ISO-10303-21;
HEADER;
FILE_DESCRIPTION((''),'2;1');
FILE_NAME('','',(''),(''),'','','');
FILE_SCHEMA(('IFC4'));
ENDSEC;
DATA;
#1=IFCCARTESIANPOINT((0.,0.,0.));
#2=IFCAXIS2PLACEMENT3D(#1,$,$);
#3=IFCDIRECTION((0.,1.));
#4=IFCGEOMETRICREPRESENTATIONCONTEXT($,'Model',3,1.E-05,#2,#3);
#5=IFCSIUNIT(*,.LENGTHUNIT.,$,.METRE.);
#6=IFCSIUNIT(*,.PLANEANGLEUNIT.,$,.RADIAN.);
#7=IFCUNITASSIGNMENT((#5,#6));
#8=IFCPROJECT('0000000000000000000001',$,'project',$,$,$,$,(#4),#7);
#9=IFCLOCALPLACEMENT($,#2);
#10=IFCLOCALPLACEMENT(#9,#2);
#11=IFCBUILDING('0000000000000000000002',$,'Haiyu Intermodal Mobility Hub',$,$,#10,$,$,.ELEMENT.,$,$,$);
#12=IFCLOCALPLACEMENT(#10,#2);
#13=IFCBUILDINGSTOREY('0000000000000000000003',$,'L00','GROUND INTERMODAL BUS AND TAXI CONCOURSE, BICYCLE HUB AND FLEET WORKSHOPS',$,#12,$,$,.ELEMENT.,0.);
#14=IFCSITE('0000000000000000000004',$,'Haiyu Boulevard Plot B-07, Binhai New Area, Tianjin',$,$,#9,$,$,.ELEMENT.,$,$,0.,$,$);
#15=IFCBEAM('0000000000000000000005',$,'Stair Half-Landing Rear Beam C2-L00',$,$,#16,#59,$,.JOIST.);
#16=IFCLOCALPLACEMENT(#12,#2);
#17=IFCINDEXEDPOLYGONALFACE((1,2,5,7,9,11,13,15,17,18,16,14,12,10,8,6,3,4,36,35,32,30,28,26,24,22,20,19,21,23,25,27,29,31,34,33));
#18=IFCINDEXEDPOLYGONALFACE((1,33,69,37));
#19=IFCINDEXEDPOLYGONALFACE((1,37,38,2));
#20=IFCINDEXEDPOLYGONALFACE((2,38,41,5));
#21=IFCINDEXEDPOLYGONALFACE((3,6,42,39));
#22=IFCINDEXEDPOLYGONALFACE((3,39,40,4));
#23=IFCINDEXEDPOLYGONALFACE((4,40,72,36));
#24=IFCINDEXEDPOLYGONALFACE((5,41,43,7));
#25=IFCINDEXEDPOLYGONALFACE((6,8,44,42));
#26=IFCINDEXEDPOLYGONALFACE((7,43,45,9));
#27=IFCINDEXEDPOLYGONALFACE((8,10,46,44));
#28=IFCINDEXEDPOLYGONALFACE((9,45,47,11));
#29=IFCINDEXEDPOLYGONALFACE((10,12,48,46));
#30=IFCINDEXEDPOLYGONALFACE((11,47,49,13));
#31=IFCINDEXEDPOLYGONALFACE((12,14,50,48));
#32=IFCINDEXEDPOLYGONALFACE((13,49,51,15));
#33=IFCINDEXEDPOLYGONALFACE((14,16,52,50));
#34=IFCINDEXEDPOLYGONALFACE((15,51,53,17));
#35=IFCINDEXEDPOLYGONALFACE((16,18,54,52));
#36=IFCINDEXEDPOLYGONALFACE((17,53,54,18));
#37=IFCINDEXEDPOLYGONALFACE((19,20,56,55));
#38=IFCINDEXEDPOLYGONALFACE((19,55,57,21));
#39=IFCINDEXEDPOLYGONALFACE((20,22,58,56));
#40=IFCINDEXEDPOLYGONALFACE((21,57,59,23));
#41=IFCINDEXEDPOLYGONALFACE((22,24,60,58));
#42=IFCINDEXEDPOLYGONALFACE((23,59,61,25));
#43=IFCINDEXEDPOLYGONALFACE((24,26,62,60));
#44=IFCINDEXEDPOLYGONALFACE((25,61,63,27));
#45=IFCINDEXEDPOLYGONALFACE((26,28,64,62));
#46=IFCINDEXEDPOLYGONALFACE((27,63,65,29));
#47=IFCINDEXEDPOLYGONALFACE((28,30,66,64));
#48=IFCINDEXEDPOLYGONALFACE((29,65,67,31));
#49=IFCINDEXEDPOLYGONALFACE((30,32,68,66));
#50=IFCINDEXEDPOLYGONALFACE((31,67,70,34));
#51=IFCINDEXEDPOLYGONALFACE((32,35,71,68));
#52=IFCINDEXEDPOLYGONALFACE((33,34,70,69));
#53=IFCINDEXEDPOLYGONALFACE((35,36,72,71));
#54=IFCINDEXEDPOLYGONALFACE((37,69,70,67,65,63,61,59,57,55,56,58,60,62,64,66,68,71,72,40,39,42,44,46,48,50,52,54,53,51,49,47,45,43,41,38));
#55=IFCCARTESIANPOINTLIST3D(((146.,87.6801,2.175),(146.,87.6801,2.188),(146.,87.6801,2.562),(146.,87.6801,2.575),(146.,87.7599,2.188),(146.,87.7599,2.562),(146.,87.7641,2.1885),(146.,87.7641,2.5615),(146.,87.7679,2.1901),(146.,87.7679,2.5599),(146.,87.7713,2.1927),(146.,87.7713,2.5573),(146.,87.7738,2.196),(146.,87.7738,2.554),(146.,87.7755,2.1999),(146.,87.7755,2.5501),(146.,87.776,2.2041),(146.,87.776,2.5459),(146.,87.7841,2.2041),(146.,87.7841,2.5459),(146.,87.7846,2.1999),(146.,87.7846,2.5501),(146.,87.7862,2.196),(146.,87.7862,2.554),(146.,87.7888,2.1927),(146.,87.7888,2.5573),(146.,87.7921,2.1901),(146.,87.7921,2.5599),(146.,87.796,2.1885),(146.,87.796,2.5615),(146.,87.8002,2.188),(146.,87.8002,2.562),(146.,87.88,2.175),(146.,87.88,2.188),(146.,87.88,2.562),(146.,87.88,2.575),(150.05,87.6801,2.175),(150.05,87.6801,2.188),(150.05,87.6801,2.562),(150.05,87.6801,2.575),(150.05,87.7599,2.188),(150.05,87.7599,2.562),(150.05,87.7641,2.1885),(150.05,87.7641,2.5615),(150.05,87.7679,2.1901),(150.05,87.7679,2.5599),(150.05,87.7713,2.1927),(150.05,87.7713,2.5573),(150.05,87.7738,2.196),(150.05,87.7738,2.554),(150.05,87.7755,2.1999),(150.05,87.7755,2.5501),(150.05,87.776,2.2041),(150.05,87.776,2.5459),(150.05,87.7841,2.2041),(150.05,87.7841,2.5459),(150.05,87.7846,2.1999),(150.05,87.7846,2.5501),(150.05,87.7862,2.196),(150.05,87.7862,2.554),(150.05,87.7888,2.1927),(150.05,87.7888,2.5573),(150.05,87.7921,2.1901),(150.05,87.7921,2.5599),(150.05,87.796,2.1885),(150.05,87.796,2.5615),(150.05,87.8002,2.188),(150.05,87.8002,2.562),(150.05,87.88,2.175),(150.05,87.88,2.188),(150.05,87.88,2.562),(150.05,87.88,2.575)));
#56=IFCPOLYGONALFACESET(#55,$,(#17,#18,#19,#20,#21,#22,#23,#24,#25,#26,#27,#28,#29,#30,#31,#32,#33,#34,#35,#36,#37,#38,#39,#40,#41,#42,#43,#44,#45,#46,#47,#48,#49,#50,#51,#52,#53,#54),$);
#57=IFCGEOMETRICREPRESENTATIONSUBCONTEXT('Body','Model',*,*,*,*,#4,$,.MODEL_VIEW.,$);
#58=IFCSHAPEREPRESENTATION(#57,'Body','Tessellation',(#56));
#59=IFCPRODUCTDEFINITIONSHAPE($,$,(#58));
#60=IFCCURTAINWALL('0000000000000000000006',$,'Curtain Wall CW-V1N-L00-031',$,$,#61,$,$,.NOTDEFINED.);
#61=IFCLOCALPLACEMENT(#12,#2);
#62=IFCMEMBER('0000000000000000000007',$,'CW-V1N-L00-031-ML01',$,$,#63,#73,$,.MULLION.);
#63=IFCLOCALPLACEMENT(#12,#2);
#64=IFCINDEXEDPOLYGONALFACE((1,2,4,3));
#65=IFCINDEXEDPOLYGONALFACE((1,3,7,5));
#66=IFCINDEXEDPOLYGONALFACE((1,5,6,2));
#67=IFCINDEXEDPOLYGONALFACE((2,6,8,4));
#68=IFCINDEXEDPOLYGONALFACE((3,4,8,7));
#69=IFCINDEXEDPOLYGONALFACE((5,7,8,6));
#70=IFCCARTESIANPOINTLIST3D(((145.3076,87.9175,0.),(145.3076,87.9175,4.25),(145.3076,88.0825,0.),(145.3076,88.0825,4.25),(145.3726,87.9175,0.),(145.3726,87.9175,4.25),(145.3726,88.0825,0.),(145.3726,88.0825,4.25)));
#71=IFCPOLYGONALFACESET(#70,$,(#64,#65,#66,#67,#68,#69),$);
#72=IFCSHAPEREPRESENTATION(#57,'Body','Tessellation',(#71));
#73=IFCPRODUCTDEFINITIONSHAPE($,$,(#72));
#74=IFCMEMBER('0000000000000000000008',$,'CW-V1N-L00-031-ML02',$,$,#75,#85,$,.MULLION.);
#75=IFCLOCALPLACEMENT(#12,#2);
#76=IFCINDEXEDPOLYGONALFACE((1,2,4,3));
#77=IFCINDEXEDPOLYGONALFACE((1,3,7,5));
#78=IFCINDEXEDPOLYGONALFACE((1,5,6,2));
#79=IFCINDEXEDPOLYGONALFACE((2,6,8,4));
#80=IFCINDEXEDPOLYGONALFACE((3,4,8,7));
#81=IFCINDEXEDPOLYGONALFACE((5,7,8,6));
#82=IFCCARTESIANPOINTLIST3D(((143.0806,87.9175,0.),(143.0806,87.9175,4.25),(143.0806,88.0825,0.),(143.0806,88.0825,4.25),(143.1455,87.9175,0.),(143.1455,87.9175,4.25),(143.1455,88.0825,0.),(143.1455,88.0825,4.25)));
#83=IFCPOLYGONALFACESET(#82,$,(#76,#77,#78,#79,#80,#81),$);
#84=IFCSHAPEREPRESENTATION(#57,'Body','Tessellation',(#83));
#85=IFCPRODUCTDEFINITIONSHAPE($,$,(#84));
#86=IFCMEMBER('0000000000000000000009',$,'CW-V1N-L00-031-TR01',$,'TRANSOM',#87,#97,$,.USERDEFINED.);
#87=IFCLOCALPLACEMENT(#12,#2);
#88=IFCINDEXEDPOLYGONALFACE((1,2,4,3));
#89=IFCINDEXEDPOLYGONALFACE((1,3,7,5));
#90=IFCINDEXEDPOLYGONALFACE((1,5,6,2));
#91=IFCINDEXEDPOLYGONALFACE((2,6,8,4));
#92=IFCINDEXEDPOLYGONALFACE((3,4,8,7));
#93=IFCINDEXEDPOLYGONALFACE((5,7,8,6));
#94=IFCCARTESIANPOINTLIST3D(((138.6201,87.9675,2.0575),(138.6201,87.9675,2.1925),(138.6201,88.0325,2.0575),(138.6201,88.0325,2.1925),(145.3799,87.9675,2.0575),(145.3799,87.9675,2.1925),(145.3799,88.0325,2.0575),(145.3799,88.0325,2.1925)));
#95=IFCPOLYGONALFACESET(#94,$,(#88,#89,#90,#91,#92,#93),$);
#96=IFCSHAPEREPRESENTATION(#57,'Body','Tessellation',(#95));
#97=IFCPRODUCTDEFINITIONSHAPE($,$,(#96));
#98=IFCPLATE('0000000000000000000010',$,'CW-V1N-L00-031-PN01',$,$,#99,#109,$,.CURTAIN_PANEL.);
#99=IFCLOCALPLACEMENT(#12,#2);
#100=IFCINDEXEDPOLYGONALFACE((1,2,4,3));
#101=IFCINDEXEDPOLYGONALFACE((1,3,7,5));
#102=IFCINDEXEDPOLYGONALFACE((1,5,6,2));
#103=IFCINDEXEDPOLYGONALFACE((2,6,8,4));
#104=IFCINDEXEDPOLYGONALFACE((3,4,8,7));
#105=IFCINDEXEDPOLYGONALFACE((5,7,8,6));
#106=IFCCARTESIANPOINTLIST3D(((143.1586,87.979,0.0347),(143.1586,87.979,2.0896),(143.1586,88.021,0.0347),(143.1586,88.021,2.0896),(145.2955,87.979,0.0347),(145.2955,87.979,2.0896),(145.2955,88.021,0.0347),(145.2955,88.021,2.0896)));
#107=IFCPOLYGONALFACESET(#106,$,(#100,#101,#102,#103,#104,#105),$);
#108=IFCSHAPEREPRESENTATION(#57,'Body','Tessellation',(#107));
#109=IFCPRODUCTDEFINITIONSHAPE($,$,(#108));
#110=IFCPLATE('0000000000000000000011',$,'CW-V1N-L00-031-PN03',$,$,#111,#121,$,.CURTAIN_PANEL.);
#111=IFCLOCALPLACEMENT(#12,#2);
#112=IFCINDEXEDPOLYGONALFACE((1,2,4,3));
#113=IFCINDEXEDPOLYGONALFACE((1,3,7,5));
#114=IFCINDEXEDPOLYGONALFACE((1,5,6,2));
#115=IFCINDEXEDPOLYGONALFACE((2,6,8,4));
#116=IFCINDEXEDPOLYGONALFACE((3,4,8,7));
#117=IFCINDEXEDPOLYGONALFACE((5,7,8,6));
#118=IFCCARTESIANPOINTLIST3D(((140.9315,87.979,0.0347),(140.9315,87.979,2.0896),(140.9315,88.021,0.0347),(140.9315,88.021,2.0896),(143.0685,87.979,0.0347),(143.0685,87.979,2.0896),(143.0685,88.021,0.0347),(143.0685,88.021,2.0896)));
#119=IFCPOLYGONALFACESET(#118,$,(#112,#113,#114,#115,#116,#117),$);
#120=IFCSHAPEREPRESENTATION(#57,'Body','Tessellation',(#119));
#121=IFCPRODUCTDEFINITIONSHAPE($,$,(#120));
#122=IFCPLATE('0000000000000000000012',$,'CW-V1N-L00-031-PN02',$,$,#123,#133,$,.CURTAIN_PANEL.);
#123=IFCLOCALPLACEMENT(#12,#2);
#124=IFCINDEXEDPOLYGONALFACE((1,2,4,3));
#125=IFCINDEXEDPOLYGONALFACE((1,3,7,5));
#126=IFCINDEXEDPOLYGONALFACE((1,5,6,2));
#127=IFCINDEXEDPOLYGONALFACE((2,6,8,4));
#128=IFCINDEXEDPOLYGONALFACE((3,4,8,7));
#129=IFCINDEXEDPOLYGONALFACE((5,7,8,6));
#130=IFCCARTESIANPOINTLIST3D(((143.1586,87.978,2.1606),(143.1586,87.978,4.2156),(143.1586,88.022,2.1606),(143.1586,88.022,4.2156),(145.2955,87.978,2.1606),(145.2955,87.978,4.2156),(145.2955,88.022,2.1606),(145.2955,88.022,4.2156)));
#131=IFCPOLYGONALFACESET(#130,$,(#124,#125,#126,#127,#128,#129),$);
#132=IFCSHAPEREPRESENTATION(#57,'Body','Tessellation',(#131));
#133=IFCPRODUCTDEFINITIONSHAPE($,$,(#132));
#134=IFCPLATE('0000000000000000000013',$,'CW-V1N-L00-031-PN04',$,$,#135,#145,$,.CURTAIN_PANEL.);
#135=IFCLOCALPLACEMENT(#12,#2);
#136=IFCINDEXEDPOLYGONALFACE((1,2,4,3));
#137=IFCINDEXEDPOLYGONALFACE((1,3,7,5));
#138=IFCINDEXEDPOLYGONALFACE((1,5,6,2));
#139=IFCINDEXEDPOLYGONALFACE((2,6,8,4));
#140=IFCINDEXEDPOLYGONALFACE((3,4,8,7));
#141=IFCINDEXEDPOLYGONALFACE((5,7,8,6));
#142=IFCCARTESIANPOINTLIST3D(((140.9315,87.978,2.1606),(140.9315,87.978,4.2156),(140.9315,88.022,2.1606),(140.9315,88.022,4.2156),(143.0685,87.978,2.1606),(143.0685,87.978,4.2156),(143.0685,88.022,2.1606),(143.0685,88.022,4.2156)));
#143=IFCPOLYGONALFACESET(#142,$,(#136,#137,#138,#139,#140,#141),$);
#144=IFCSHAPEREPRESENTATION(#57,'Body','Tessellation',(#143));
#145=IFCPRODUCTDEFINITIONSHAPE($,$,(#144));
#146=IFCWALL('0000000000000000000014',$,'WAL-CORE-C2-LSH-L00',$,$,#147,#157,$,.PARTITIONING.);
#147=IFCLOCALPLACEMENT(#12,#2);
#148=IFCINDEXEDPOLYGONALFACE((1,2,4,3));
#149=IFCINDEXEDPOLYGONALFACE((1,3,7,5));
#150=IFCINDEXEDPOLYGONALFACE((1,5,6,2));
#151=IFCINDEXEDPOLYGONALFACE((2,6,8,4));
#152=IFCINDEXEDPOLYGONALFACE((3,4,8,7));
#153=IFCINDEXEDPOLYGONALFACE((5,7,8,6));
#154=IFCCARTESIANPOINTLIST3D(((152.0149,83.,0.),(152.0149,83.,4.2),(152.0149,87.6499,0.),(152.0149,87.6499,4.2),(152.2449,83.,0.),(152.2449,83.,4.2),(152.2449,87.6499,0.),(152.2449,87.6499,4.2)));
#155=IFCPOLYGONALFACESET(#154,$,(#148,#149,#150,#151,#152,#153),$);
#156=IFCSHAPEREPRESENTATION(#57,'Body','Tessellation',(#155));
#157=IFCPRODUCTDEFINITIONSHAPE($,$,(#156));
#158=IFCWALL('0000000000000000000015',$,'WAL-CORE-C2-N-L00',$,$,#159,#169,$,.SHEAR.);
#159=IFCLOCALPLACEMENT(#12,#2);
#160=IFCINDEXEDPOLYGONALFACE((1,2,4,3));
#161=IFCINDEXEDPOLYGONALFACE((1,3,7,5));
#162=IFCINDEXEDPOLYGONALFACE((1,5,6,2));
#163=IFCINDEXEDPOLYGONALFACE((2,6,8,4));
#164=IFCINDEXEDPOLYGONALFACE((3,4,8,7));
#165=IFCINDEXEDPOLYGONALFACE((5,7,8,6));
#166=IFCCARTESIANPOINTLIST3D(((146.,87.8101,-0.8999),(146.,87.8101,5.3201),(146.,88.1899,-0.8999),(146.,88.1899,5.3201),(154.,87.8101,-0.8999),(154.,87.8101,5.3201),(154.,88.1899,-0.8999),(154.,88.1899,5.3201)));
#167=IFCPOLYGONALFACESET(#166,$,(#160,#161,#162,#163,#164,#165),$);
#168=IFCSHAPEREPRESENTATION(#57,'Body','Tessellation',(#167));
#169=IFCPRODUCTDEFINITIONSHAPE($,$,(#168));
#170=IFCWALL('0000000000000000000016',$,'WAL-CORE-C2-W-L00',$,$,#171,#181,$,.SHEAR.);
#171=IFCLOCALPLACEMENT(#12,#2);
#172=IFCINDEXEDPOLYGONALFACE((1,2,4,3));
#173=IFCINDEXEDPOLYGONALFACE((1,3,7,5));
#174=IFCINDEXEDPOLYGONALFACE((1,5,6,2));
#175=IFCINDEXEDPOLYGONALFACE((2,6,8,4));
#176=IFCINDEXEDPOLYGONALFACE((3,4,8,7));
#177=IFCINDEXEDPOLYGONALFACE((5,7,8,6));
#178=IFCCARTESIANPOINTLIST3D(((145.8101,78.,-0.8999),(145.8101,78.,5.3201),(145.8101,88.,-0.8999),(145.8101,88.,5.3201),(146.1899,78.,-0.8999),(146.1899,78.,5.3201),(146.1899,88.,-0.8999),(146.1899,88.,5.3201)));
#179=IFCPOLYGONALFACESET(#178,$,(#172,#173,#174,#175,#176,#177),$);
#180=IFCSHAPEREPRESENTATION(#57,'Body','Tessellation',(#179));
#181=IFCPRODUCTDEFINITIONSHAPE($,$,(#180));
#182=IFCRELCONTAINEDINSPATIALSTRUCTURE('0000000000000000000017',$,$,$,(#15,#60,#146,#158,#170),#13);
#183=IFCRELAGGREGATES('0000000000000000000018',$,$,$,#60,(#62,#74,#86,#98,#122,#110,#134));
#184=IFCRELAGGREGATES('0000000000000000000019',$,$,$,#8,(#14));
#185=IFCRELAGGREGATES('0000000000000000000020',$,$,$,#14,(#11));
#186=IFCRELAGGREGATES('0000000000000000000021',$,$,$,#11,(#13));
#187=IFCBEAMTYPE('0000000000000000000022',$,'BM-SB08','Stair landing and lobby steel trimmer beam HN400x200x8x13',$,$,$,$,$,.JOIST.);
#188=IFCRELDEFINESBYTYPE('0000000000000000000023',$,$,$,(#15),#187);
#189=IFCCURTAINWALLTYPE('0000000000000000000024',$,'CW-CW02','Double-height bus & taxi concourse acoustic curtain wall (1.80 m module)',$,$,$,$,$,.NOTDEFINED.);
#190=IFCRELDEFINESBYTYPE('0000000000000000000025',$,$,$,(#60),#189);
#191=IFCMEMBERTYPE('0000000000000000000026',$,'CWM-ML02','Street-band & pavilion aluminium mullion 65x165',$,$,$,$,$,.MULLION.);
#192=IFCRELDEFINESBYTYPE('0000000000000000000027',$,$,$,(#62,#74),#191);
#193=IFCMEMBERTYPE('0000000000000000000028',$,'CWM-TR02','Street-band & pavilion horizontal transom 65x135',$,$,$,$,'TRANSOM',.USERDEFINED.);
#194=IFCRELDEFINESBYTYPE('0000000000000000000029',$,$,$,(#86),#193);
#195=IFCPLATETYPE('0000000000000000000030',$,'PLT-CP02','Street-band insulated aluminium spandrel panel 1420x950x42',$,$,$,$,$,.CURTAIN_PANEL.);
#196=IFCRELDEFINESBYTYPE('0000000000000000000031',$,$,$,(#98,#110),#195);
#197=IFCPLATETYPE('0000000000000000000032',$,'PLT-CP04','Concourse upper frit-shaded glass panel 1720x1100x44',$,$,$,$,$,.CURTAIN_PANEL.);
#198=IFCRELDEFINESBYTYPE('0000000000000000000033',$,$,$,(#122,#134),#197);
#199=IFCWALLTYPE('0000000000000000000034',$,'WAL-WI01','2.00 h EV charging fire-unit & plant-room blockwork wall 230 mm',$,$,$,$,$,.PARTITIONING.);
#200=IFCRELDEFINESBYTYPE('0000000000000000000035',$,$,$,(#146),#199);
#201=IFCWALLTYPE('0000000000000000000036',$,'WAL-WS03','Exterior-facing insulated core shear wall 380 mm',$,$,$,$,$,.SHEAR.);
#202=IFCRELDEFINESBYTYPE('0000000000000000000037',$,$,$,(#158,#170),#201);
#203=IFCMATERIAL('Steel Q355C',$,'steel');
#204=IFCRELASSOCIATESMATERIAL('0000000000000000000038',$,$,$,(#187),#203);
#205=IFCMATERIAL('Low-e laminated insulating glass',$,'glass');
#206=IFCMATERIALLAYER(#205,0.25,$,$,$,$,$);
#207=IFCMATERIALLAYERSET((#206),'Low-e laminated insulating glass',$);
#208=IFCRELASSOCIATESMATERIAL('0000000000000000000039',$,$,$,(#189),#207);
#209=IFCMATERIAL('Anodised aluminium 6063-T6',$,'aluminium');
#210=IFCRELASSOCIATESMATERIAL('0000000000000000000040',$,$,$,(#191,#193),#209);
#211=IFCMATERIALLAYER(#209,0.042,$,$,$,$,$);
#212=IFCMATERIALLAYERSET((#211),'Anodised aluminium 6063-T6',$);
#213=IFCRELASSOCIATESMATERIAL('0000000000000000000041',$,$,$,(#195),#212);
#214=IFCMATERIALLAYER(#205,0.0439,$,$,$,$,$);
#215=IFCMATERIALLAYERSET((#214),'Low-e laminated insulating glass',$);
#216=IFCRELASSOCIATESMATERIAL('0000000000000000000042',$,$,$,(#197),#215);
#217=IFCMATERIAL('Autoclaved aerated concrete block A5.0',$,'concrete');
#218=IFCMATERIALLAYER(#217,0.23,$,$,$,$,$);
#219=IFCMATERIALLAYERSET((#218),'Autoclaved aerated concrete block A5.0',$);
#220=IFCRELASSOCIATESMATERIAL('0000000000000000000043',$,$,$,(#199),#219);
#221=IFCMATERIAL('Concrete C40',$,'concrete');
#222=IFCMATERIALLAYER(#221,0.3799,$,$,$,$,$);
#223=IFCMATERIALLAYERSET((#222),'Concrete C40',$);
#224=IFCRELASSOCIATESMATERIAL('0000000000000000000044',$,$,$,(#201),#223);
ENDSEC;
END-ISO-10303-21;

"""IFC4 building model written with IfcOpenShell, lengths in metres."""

from ifc_helpers import new_model, si_unit, direction, frame, frame_2d, origin, origin_2d, place, context, subcontext, project, spatial, rectangle, i_section, extrude, material, layer, layer_set, material_profile, profile_set, type_object, element, aggregate, save


model = new_model("IFC4")

# Units and contexts
model_context = context("Model", 3, precision=1e-05, world=origin(), true_north=direction((0.0, 1.0)))
body_context = subcontext(model_context, "Body", "Model", "MODEL_VIEW")
ifc_project = project(units=[si_unit("LENGTHUNIT", "METRE"), si_unit("PLANEANGLEUNIT", "RADIAN")], contexts=[model_context])

# Site, building, storey
site_placement = place(None, origin())
site = spatial("IfcSite", under=ifc_project, at=site_placement, Name="Haiyu Boulevard Plot B-07, Binhai New Area, Tianjin", CompositionType="ELEMENT", RefElevation=0.0)
building_placement = place(site_placement, origin())
building = spatial("IfcBuilding", under=site, at=building_placement, Name="Haiyu Intermodal Mobility Hub", CompositionType="ELEMENT")
storey_placement = place(building_placement, origin())
storey = spatial("IfcBuildingStorey", under=building, at=storey_placement, Name="L00", Description="GROUND INTERMODAL BUS AND TAXI CONCOURSE, BICYCLE HUB AND FLEET WORKSHOPS", CompositionType="ELEMENT", Elevation=0.0)

# Shared definitions
ifc_material_1 = material(Name="Concrete C40", Category="concrete")

# Beam
ifc_material_2 = material(Name="Steel Q355C", Category="steel")
ifc_material_profile_1 = material_profile(ifc_material_2, i_section(OverallWidth=0.2, OverallDepth=0.3999, WebThickness=0.0081, FlangeThickness=0.0129, FilletRadius=0.0161, at=origin_2d()), Name="HN400x200x8x13")
ifc_profile_set_1 = profile_set([ifc_material_profile_1], Name="Steel Q355C")
beam_type = type_object("IfcBeamType", Name="BM-SB08", Description="Stair landing and lobby steel trimmer beam HN400x200x8x13", PredefinedType="JOIST", material=ifc_profile_set_1)
for number, where, z_axis, x_axis, name in (
    (1, (146.0, 87.78, 2.375), (1.0, 0.0, 0.0), (0.0, 1.0, 0.0), "Stair Half-Landing Rear Beam C2-L00"),
):
    element("IfcBeam", number, at=place(storey_placement, frame(where, z_axis=z_axis, x_axis=x_axis)), inside=storey, type_object=beam_type, Name=name, PredefinedType="JOIST", context=body_context, shape_type="SweptSolid", body=[
        extrude(i_section(OverallWidth=0.2, OverallDepth=0.3999, WebThickness=0.0081, FlangeThickness=0.0129, FilletRadius=0.0161, at=origin_2d()), origin(), (0.0, 0.0, 1.0), 4.05),
    ])

# Curtain wall, members, plates
ifc_material_3 = material(Name="Low-e laminated insulating glass", Category="glass")
ifc_layer_1 = layer(ifc_material_3, 0.25)
ifc_layer_set_1 = layer_set([ifc_layer_1], Name="Low-e laminated insulating glass")
curtain_wall_type = type_object("IfcCurtainWallType", Name="CW-CW02", Description="Double-height bus & taxi concourse acoustic curtain wall (1.80 m module)", PredefinedType="NOTDEFINED", material=ifc_layer_set_1)
curtain_wall_placement = place(storey_placement, origin())
curtain_wall = element("IfcCurtainWall", 2, at=curtain_wall_placement, inside=storey, type_object=curtain_wall_type, Name="Curtain Wall CW-V1N-L00-031", PredefinedType="NOTDEFINED")
ifc_material_4 = material(Name="Anodised aluminium 6063-T6", Category="aluminium")
ifc_material_profile_2 = material_profile(ifc_material_4, rectangle(XDim=0.0649, YDim=0.165, at=origin_2d()), Name="ALU65x165")
ifc_profile_set_2 = profile_set([ifc_material_profile_2], Name="Anodised aluminium 6063-T6")
member_type_1 = type_object("IfcMemberType", Name="CWM-ML02", Description="Street-band & pavilion aluminium mullion 65x165", PredefinedType="MULLION", material=ifc_profile_set_2)
member_1_placement = place(storey_placement, frame((145.3401, 88.0, 0.0), z_axis=(0.0, 0.0, 1.0), x_axis=(1.0, 0.0, 0.0)))
member_1 = element("IfcMember", 3, at=member_1_placement, type_object=member_type_1, Name="CW-V1N-L00-031-ML01", PredefinedType="MULLION", context=body_context, shape_type="SweptSolid", body=[
    extrude(rectangle(XDim=0.0649, YDim=0.165, at=origin_2d()), origin(), (0.0, 0.0, 1.0), 4.25),
])
member_2_placement = place(storey_placement, frame((143.113, 88.0, 0.0), z_axis=(0.0, 0.0, 1.0), x_axis=(1.0, 0.0, 0.0)))
member_2 = element("IfcMember", 4, at=member_2_placement, type_object=member_type_1, Name="CW-V1N-L00-031-ML02", PredefinedType="MULLION", context=body_context, shape_type="SweptSolid", body=[
    extrude(rectangle(XDim=0.0649, YDim=0.165, at=origin_2d()), origin(), (0.0, 0.0, 1.0), 4.25),
])
ifc_material_profile_3 = material_profile(ifc_material_4, rectangle(XDim=0.0649, YDim=0.135, at=origin_2d()), Name="ALU65x135")
ifc_profile_set_3 = profile_set([ifc_material_profile_3], Name="Anodised aluminium 6063-T6")
member_type_2 = type_object("IfcMemberType", Name="CWM-TR02", Description="Street-band & pavilion horizontal transom 65x135", ElementType="TRANSOM", PredefinedType="USERDEFINED", material=ifc_profile_set_3)
member_3_placement = place(storey_placement, frame((145.3799, 88.0, 2.125), z_axis=(-1.0, 0.0, 0.0), x_axis=(0.0, -1.0, 0.0)))
member_3 = element("IfcMember", 5, at=member_3_placement, type_object=member_type_2, Name="CW-V1N-L00-031-TR01", ObjectType="TRANSOM", PredefinedType="USERDEFINED", context=body_context, shape_type="SweptSolid", body=[
    extrude(rectangle(XDim=0.0649, YDim=0.135, at=origin_2d()), origin(), (0.0, 0.0, 1.0), 6.7598),
])
ifc_layer_2 = layer(ifc_material_4, 0.042)
ifc_layer_set_2 = layer_set([ifc_layer_2], Name="Anodised aluminium 6063-T6")
plate_type_1 = type_object("IfcPlateType", Name="PLT-CP02", Description="Street-band insulated aluminium spandrel panel 1420x950x42", PredefinedType="CURTAIN_PANEL", material=ifc_layer_set_2)
plate_1_placement = place(storey_placement, frame((144.2271, 88.0, 0.0347), z_axis=(0.0, 0.0, 1.0), x_axis=(-1.0, 0.0, 0.0)))
plate_1 = element("IfcPlate", 6, at=plate_1_placement, type_object=plate_type_1, Name="CW-V1N-L00-031-PN01", PredefinedType="CURTAIN_PANEL", context=body_context, shape_type="SweptSolid", body=[
    extrude(rectangle(XDim=2.137, YDim=0.042, at=origin_2d()), origin(), (0.0, 0.0, 1.0), 2.0549),
])
plate_2_placement = place(storey_placement, frame((142.0, 88.0, 0.0347), z_axis=(0.0, 0.0, 1.0), x_axis=(-1.0, 0.0, 0.0)))
plate_2 = element("IfcPlate", 7, at=plate_2_placement, type_object=plate_type_1, Name="CW-V1N-L00-031-PN03", PredefinedType="CURTAIN_PANEL", context=body_context, shape_type="SweptSolid", body=[
    extrude(rectangle(XDim=2.137, YDim=0.042, at=origin_2d()), origin(), (0.0, 0.0, 1.0), 2.0549),
])
ifc_layer_3 = layer(ifc_material_3, 0.0439)
ifc_layer_set_3 = layer_set([ifc_layer_3], Name="Low-e laminated insulating glass")
plate_type_2 = type_object("IfcPlateType", Name="PLT-CP04", Description="Concourse upper frit-shaded glass panel 1720x1100x44", PredefinedType="CURTAIN_PANEL", material=ifc_layer_set_3)
plate_3_placement = place(storey_placement, frame((144.2271, 88.0, 2.1606), z_axis=(0.0, 0.0, 1.0), x_axis=(-1.0, 0.0, 0.0)))
plate_3 = element("IfcPlate", 8, at=plate_3_placement, type_object=plate_type_2, Name="CW-V1N-L00-031-PN02", PredefinedType="CURTAIN_PANEL", context=body_context, shape_type="SweptSolid", body=[
    extrude(rectangle(XDim=2.137, YDim=0.0439, at=origin_2d()), origin(), (0.0, 0.0, 1.0), 2.0549),
])
plate_4_placement = place(storey_placement, frame((142.0, 88.0, 2.1606), z_axis=(0.0, 0.0, 1.0), x_axis=(-1.0, 0.0, 0.0)))
plate_4 = element("IfcPlate", 9, at=plate_4_placement, type_object=plate_type_2, Name="CW-V1N-L00-031-PN04", PredefinedType="CURTAIN_PANEL", context=body_context, shape_type="SweptSolid", body=[
    extrude(rectangle(XDim=2.137, YDim=0.0439, at=origin_2d()), origin(), (0.0, 0.0, 1.0), 2.0549),
])
aggregate(curtain_wall, [member_1, member_2, member_3, plate_1, plate_3, plate_2, plate_4])

# Wall
ifc_material_5 = material(Name="Autoclaved aerated concrete block A5.0", Category="concrete")
ifc_layer_4 = layer(ifc_material_5, 0.23)
ifc_layer_set_4 = layer_set([ifc_layer_4], Name="Autoclaved aerated concrete block A5.0")
wall_type_1 = type_object("IfcWallType", Name="WAL-WI01", Description="2.00 h EV charging fire-unit & plant-room blockwork wall 230 mm", PredefinedType="PARTITIONING", material=ifc_layer_set_4)
wall_1_placement = place(storey_placement, frame((152.1299, 83.0, 0.0), z_axis=(0.0, 0.0, 1.0), x_axis=(0.0, 1.0, 0.0)))
element("IfcWall", 10, at=wall_1_placement, inside=storey, type_object=wall_type_1, Name="WAL-CORE-C2-LSH-L00", PredefinedType="PARTITIONING", context=body_context, shape_type="SweptSolid", body=[
    extrude(rectangle(XDim=4.6499, YDim=0.23, at=frame_2d((2.325, 0.0))), origin(), (0.0, 0.0, 1.0), 4.2),
])

# Walls
ifc_layer_5 = layer(ifc_material_1, 0.3799)
ifc_layer_set_5 = layer_set([ifc_layer_5], Name="Concrete C40")
wall_type_2 = type_object("IfcWallType", Name="WAL-WS03", Description="Exterior-facing insulated core shear wall 380 mm", PredefinedType="SHEAR", material=ifc_layer_set_5)
wall_2_placement = place(storey_placement, frame((154.0, 88.0, -0.8999), z_axis=(0.0, 0.0, 1.0), x_axis=(-1.0, 0.0, 0.0)))
element("IfcWall", 11, at=wall_2_placement, inside=storey, type_object=wall_type_2, Name="WAL-CORE-C2-N-L00", PredefinedType="SHEAR", context=body_context, shape_type="SweptSolid", body=[
    extrude(rectangle(XDim=8.0, YDim=0.3799, at=frame_2d((4.0, 0.0))), origin(), (0.0, 0.0, 1.0), 6.22),
])
wall_3_placement = place(storey_placement, frame((146.0, 88.0, -0.8999), z_axis=(0.0, 0.0, 1.0), x_axis=(0.0, -1.0, 0.0)))
element("IfcWall", 12, at=wall_3_placement, inside=storey, type_object=wall_type_2, Name="WAL-CORE-C2-W-L00", PredefinedType="SHEAR", context=body_context, shape_type="SweptSolid", body=[
    extrude(rectangle(XDim=10.0, YDim=0.3799, at=frame_2d((5.0, 0.0))), origin(), (0.0, 0.0, 1.0), 6.22),
])

save(model, "model.ifc")
